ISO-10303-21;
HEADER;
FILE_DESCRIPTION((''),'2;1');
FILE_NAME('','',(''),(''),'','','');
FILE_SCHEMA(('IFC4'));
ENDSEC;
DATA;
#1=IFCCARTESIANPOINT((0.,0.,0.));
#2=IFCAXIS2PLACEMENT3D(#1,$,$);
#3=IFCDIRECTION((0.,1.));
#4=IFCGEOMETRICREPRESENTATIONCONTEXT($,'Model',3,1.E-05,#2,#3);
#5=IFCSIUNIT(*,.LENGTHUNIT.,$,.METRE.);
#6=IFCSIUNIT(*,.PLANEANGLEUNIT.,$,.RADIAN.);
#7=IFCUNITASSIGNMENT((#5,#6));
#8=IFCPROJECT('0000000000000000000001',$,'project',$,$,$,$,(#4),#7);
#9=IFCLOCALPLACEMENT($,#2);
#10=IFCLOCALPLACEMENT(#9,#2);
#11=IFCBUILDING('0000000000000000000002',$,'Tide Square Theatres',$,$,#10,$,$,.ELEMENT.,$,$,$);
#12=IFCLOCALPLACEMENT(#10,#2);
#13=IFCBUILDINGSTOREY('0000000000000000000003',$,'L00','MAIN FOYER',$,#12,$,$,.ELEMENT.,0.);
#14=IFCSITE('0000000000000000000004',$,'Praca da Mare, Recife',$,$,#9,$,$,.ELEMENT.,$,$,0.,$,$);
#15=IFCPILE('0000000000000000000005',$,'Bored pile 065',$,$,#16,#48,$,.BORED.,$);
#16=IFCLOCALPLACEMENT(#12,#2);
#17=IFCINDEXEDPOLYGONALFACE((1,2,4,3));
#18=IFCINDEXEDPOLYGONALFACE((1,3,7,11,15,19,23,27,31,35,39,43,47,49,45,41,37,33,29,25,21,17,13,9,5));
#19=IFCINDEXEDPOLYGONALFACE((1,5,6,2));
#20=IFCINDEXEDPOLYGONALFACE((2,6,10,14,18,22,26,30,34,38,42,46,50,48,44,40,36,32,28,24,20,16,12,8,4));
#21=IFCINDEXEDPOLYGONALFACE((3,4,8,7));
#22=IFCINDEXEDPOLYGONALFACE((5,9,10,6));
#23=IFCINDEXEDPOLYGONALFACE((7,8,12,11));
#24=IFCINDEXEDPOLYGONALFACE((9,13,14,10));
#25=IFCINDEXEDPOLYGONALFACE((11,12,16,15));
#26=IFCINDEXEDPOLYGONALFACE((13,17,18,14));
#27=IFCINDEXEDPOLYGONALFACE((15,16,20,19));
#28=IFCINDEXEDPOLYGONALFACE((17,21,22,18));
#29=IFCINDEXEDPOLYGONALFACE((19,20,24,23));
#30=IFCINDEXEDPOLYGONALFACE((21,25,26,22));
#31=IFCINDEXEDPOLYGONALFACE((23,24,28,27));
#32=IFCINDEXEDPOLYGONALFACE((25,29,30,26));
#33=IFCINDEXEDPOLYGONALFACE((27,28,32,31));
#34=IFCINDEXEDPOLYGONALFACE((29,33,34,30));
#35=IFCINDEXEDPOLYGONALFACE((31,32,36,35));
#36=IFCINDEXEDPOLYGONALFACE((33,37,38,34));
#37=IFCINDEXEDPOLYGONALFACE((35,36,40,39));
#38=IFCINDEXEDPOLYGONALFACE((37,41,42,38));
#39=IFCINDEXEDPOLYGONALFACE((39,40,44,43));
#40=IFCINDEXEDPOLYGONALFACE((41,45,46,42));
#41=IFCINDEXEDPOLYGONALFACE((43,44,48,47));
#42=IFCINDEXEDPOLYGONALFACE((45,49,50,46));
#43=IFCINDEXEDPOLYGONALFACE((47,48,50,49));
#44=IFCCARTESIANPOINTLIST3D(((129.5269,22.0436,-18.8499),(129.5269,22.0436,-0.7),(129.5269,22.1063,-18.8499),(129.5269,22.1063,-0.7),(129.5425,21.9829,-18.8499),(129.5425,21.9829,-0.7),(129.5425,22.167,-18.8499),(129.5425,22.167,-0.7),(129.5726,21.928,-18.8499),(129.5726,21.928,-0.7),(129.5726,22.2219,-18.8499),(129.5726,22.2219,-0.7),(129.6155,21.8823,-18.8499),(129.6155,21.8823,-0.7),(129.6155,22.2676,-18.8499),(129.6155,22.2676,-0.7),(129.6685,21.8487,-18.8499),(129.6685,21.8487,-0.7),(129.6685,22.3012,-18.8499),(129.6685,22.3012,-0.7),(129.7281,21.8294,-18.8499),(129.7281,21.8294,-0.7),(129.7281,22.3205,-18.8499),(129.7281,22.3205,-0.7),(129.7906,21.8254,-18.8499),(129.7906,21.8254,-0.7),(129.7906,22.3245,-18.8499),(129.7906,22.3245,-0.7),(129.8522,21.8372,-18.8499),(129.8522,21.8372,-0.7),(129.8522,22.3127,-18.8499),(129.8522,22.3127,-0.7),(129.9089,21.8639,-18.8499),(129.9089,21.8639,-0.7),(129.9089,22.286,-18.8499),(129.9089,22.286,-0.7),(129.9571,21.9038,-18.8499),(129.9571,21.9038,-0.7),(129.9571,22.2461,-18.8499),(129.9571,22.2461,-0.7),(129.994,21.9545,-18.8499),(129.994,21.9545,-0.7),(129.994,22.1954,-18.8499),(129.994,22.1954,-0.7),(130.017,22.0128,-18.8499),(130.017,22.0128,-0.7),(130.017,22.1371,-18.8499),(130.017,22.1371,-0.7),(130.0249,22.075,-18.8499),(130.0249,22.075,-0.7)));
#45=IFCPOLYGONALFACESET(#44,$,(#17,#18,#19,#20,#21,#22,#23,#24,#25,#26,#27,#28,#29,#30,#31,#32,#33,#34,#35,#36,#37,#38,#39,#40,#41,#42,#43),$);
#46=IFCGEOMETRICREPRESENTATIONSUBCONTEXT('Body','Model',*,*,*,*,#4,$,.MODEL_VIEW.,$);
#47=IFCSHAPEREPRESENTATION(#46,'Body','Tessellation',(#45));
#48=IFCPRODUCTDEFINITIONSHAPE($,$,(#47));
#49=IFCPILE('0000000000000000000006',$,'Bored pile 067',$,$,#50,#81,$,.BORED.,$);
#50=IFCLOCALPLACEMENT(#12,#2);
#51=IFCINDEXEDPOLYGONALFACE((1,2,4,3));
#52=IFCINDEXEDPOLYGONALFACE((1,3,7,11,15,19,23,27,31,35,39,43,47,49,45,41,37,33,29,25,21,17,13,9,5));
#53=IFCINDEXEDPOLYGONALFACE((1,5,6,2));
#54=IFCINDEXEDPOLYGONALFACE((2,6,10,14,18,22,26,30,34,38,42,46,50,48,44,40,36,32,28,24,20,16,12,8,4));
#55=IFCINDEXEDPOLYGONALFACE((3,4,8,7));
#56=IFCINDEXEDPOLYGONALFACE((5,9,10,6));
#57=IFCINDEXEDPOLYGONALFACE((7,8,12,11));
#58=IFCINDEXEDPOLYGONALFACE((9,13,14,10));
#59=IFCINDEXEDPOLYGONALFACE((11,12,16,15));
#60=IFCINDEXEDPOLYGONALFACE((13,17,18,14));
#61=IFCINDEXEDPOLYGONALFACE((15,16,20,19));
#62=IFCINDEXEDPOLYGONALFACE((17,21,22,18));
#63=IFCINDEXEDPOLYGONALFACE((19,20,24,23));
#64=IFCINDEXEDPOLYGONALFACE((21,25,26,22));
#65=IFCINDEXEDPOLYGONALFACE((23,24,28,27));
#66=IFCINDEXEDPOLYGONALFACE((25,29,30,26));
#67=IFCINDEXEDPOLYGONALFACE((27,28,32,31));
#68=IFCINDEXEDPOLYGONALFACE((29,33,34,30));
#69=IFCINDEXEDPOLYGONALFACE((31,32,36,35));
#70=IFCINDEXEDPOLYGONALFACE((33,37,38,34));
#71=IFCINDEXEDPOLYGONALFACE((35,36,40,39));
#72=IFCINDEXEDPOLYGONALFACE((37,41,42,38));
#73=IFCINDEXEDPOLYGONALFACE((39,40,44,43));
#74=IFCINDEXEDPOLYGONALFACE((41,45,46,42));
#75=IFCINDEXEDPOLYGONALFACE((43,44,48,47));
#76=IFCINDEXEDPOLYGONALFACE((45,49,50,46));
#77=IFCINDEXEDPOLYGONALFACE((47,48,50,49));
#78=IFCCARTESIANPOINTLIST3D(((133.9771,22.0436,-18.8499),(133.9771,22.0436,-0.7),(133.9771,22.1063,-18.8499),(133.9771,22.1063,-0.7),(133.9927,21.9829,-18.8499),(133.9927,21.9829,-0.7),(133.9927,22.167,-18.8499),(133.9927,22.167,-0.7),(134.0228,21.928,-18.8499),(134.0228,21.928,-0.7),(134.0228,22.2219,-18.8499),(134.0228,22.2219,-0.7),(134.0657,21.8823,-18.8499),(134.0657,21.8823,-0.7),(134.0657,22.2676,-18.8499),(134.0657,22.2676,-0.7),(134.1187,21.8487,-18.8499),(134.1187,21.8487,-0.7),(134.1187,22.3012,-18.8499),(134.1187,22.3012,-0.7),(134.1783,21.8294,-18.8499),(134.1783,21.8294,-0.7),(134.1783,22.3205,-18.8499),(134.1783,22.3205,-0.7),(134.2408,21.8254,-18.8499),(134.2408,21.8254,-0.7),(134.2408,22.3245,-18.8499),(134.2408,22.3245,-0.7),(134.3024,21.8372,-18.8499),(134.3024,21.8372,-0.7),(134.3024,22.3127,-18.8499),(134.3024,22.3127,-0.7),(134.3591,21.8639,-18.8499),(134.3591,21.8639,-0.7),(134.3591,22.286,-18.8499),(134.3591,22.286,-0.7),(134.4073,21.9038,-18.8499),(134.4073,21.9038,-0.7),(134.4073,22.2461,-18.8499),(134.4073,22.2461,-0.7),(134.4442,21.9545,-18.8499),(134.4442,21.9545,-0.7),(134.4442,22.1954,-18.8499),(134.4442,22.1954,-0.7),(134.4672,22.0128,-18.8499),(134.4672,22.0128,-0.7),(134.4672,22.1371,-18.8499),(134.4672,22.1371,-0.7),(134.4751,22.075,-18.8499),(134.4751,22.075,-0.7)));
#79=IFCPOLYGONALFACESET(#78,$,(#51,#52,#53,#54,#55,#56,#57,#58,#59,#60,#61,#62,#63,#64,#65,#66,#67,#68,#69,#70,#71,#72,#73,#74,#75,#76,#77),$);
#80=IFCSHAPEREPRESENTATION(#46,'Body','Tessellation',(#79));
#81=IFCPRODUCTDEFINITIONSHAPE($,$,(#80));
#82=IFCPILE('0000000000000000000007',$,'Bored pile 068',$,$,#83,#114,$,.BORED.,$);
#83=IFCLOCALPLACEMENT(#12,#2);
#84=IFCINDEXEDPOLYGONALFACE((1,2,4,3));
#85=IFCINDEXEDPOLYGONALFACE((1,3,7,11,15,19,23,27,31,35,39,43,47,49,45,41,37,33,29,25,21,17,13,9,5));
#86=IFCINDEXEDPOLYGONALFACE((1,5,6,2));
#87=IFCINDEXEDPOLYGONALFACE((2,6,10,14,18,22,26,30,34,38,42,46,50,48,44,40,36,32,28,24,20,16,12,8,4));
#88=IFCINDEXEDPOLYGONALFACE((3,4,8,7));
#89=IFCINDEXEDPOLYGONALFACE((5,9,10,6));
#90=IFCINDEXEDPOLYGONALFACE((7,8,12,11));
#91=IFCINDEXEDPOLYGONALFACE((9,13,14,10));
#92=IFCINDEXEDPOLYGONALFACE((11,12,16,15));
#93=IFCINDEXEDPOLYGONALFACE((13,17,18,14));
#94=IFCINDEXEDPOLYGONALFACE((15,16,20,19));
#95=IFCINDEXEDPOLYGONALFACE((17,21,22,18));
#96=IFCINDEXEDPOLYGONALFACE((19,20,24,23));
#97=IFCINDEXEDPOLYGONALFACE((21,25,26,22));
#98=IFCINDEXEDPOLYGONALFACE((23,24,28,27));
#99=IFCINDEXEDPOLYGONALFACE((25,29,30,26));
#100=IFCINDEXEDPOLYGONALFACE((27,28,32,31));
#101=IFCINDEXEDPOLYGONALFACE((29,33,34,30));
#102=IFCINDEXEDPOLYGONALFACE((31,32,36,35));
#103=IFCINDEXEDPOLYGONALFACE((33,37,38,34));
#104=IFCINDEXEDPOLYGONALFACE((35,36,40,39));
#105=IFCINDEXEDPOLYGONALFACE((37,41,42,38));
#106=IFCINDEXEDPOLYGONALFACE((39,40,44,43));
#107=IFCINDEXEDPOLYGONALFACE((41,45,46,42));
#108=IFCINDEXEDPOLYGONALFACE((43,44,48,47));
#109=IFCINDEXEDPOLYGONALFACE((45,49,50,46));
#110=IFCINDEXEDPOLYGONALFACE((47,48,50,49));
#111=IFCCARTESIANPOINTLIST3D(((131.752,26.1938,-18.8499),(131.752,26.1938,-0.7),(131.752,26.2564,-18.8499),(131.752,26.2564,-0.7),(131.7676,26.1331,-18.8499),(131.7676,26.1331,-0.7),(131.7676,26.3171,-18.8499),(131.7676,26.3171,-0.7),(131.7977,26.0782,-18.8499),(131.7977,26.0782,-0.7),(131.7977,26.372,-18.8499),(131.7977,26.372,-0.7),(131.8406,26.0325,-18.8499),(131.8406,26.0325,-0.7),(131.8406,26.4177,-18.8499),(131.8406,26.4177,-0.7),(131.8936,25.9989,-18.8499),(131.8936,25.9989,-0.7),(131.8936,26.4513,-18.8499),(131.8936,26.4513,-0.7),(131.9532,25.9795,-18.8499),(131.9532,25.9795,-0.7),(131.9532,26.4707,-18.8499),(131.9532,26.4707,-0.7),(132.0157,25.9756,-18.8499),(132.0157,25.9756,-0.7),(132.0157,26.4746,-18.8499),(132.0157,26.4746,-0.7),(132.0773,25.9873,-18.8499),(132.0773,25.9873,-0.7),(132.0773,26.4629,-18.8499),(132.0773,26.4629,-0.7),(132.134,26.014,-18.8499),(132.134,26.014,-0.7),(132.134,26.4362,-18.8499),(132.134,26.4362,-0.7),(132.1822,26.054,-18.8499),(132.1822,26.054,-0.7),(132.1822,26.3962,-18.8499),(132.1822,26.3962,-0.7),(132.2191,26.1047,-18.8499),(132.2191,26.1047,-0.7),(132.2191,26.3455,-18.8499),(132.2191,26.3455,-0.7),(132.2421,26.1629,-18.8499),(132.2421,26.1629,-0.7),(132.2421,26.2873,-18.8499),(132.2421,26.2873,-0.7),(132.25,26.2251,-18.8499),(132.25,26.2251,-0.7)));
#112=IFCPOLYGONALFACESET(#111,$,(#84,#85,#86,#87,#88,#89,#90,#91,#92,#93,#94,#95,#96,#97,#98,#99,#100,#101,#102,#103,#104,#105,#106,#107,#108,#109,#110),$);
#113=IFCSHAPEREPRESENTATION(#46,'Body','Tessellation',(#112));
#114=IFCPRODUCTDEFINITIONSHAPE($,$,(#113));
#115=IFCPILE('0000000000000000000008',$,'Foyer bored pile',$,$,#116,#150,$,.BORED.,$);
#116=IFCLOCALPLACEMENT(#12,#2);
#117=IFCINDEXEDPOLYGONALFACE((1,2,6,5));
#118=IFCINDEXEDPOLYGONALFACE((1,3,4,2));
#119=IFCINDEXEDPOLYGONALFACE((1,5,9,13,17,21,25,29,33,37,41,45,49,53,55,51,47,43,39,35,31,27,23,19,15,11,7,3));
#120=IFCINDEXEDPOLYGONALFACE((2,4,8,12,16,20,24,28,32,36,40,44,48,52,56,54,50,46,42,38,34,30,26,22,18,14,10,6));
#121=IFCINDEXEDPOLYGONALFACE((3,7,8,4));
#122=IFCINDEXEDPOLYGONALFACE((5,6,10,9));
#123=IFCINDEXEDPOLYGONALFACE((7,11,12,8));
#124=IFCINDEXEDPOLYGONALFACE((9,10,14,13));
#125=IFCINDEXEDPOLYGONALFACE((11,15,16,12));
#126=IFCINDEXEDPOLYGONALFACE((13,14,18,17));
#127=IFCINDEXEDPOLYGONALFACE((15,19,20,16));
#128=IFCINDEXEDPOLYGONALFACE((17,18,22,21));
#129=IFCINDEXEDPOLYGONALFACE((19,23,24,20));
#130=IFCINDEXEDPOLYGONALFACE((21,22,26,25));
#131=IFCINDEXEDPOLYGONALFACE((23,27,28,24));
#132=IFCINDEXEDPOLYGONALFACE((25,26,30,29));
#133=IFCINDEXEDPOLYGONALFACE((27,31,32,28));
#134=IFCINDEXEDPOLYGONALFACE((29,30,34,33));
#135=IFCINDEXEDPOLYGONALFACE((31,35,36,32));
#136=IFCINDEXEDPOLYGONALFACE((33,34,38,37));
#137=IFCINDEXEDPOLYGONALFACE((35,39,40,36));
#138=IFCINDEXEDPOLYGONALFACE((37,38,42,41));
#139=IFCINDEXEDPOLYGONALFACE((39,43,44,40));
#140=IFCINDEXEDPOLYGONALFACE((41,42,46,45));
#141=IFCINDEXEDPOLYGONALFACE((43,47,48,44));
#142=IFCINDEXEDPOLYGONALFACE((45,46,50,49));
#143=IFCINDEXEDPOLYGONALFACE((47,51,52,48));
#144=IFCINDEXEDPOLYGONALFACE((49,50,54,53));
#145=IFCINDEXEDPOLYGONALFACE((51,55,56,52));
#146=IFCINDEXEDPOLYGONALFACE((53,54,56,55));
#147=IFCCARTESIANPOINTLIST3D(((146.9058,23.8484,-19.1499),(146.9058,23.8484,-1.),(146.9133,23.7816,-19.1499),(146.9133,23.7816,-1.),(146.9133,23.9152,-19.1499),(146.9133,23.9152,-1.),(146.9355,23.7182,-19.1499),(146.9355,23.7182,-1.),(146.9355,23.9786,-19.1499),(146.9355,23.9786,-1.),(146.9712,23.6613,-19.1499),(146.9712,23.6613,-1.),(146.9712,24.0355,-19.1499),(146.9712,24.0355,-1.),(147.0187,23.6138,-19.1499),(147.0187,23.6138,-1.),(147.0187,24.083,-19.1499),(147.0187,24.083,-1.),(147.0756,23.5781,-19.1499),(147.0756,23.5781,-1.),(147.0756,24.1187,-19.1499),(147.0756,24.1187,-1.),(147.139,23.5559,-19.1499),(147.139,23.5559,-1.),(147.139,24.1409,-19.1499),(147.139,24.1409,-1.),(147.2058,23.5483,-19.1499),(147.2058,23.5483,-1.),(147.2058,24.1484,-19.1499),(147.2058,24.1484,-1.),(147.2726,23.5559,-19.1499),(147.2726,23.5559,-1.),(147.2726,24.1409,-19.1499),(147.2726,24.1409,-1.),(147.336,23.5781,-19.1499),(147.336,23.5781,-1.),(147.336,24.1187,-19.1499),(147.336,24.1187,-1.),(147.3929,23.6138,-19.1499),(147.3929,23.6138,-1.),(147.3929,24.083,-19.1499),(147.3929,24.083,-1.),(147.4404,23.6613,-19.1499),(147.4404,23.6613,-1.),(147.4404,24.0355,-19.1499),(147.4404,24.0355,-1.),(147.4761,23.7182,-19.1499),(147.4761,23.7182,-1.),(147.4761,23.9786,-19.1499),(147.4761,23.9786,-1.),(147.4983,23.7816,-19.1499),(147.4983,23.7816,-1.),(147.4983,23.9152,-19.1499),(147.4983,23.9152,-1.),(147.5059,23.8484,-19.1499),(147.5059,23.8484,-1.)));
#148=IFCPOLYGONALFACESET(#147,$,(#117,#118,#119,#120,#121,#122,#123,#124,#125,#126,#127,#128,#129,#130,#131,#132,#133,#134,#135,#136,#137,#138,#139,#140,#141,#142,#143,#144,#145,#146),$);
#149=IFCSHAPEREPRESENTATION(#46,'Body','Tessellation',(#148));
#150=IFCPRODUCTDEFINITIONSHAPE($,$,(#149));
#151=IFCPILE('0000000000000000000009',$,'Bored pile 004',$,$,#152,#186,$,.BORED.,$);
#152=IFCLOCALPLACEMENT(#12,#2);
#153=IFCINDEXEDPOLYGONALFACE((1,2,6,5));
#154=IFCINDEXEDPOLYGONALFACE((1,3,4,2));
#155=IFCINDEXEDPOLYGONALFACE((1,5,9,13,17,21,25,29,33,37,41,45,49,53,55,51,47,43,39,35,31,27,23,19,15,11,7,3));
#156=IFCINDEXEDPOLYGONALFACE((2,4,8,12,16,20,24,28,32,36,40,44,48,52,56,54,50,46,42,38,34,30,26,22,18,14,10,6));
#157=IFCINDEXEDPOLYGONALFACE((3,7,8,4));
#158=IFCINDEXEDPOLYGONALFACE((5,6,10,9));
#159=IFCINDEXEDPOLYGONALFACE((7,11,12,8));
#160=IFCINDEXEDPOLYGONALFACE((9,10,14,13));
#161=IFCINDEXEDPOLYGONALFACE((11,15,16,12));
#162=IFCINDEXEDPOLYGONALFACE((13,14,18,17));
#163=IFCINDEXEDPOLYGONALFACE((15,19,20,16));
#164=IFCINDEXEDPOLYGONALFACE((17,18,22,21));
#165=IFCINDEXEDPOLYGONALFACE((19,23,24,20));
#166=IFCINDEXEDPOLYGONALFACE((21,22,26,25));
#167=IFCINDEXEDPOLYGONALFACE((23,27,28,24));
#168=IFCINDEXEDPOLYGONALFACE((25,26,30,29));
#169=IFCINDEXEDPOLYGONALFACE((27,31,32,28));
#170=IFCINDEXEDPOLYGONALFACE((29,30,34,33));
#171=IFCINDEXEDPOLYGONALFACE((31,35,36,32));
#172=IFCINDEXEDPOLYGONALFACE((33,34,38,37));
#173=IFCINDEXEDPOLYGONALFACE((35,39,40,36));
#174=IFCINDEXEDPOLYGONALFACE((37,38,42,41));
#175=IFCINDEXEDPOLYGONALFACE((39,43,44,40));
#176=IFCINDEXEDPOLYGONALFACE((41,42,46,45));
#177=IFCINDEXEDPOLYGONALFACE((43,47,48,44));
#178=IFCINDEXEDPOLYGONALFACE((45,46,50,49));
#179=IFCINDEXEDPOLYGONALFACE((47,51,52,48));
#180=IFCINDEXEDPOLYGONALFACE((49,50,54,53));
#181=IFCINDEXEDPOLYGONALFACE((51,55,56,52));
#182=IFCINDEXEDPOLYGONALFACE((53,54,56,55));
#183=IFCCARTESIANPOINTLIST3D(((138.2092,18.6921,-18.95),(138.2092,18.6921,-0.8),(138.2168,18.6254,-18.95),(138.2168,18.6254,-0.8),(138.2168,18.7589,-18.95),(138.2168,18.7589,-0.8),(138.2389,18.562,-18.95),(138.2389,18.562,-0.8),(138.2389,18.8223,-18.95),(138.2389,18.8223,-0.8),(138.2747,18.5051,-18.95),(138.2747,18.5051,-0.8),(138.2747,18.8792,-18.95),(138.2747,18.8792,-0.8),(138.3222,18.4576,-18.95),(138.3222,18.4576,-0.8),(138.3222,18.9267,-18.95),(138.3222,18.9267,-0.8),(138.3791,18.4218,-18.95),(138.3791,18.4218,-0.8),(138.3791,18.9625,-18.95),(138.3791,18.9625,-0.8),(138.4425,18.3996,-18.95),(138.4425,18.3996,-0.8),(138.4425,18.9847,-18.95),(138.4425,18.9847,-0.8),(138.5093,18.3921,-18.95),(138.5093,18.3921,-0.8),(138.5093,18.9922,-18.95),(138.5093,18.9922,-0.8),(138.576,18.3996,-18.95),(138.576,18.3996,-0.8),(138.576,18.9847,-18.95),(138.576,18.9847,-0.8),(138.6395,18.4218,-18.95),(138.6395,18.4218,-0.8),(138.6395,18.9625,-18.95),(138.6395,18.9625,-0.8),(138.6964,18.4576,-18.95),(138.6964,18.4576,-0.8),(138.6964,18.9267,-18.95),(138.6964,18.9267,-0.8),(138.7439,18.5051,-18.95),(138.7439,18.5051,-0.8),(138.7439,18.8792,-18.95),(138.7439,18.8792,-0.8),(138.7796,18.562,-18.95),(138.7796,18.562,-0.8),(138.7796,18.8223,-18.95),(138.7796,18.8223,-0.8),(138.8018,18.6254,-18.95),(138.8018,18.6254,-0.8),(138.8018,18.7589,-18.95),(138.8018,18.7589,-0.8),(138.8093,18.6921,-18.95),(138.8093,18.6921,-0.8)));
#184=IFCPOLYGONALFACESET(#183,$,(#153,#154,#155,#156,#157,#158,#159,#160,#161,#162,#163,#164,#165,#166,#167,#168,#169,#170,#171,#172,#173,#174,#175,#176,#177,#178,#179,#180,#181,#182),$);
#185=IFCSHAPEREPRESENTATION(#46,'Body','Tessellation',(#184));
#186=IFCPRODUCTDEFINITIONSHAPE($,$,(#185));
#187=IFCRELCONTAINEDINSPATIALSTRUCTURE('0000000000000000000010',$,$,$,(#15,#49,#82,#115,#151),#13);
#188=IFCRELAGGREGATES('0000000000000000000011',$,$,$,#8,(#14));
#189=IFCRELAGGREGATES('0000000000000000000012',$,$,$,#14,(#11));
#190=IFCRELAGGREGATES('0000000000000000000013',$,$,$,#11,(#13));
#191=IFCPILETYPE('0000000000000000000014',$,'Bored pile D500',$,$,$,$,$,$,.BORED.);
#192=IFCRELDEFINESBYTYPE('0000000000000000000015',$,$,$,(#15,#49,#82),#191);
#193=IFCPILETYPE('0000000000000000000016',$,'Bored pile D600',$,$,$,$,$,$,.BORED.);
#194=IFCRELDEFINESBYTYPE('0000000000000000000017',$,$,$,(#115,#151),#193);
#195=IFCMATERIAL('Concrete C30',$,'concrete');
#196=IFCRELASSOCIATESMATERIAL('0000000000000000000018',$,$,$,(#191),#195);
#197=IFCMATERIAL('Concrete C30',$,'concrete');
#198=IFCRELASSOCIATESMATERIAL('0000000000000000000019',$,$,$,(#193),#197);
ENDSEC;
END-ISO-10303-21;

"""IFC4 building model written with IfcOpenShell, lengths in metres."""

from ifc_helpers import new_model, si_unit, direction, frame, origin, origin_2d, place, context, subcontext, project, spatial, circle, extrude, material, material_profile, profile_set, type_object, element, save


model = new_model("IFC4")

# Units and contexts
model_context = context("Model", 3, precision=1e-05, world=origin(), true_north=direction((0.0, 1.0)))
body_context = subcontext(model_context, "Body", "Model", "MODEL_VIEW")
ifc_project = project(units=[si_unit("LENGTHUNIT", "METRE"), si_unit("PLANEANGLEUNIT", "RADIAN")], contexts=[model_context])

# Site, building, storey
site_placement = place(None, origin())
site = spatial("IfcSite", under=ifc_project, at=site_placement, Name="Praca da Mare, Recife", CompositionType="ELEMENT", RefElevation=0.0)
building_placement = place(site_placement, origin())
building = spatial("IfcBuilding", under=site, at=building_placement, Name="Tide Square Theatres", CompositionType="ELEMENT")
storey_placement = place(building_placement, origin())
storey = spatial("IfcBuildingStorey", under=building, at=storey_placement, Name="L00", Description="MAIN FOYER", CompositionType="ELEMENT", Elevation=0.0)

# Piles
ifc_material_1 = material(Name="Concrete C30", Category="concrete")
ifc_material_profile_1 = material_profile(ifc_material_1, circle(Radius=0.25, at=origin_2d()))
ifc_profile_set_1 = profile_set([ifc_material_profile_1], Name="Concrete C30")
pile_type_1 = type_object("IfcPileType", Name="Bored pile D500", PredefinedType="BORED", material=ifc_profile_set_1)
for number, where, z_axis, x_axis, name in (
    (1, (129.7749, 22.075, -0.7), (0.0, 0.0, -1.0), (1.0, 0.0, 0.0), "Bored pile 065"),
    (2, (134.2251, 22.075, -0.7), (0.0, 0.0, -1.0), (1.0, 0.0, 0.0), "Bored pile 067"),
    (3, (132.0, 26.2251, -0.7), (0.0, 0.0, -1.0), (1.0, 0.0, 0.0), "Bored pile 068"),
):
    element("IfcPile", number, at=place(storey_placement, frame(where, z_axis=z_axis, x_axis=x_axis)), inside=storey, type_object=pile_type_1, Name=name, PredefinedType="BORED", context=body_context, shape_type="SweptSolid", body=[
        extrude(circle(Radius=0.25, at=origin_2d()), origin(), (0.0, 0.0, 1.0), 18.1499),
    ])
ifc_material_2 = material(Name="Concrete C30", Category="concrete")
ifc_material_profile_2 = material_profile(ifc_material_2, circle(Radius=0.3, at=origin_2d()))
ifc_profile_set_2 = profile_set([ifc_material_profile_2], Name="Concrete C30")
pile_type_2 = type_object("IfcPileType", Name="Bored pile D600", PredefinedType="BORED", material=ifc_profile_set_2)
for number, where, z_axis, x_axis, name in (
    (4, (147.2058, 23.8484, -1.0), (0.0, 0.0, -1.0), (1.0, 0.0, 0.0), "Foyer bored pile"),
    (5, (138.5093, 18.6921, -0.8), (0.0, 0.0, -1.0), (1.0, 0.0, 0.0), "Bored pile 004"),
):
    element("IfcPile", number, at=place(storey_placement, frame(where, z_axis=z_axis, x_axis=x_axis)), inside=storey, type_object=pile_type_2, Name=name, PredefinedType="BORED", context=body_context, shape_type="SweptSolid", body=[
        extrude(circle(Radius=0.3, at=origin_2d()), origin(), (0.0, 0.0, 1.0), 18.1499),
    ])

save(model, "model.ifc")
